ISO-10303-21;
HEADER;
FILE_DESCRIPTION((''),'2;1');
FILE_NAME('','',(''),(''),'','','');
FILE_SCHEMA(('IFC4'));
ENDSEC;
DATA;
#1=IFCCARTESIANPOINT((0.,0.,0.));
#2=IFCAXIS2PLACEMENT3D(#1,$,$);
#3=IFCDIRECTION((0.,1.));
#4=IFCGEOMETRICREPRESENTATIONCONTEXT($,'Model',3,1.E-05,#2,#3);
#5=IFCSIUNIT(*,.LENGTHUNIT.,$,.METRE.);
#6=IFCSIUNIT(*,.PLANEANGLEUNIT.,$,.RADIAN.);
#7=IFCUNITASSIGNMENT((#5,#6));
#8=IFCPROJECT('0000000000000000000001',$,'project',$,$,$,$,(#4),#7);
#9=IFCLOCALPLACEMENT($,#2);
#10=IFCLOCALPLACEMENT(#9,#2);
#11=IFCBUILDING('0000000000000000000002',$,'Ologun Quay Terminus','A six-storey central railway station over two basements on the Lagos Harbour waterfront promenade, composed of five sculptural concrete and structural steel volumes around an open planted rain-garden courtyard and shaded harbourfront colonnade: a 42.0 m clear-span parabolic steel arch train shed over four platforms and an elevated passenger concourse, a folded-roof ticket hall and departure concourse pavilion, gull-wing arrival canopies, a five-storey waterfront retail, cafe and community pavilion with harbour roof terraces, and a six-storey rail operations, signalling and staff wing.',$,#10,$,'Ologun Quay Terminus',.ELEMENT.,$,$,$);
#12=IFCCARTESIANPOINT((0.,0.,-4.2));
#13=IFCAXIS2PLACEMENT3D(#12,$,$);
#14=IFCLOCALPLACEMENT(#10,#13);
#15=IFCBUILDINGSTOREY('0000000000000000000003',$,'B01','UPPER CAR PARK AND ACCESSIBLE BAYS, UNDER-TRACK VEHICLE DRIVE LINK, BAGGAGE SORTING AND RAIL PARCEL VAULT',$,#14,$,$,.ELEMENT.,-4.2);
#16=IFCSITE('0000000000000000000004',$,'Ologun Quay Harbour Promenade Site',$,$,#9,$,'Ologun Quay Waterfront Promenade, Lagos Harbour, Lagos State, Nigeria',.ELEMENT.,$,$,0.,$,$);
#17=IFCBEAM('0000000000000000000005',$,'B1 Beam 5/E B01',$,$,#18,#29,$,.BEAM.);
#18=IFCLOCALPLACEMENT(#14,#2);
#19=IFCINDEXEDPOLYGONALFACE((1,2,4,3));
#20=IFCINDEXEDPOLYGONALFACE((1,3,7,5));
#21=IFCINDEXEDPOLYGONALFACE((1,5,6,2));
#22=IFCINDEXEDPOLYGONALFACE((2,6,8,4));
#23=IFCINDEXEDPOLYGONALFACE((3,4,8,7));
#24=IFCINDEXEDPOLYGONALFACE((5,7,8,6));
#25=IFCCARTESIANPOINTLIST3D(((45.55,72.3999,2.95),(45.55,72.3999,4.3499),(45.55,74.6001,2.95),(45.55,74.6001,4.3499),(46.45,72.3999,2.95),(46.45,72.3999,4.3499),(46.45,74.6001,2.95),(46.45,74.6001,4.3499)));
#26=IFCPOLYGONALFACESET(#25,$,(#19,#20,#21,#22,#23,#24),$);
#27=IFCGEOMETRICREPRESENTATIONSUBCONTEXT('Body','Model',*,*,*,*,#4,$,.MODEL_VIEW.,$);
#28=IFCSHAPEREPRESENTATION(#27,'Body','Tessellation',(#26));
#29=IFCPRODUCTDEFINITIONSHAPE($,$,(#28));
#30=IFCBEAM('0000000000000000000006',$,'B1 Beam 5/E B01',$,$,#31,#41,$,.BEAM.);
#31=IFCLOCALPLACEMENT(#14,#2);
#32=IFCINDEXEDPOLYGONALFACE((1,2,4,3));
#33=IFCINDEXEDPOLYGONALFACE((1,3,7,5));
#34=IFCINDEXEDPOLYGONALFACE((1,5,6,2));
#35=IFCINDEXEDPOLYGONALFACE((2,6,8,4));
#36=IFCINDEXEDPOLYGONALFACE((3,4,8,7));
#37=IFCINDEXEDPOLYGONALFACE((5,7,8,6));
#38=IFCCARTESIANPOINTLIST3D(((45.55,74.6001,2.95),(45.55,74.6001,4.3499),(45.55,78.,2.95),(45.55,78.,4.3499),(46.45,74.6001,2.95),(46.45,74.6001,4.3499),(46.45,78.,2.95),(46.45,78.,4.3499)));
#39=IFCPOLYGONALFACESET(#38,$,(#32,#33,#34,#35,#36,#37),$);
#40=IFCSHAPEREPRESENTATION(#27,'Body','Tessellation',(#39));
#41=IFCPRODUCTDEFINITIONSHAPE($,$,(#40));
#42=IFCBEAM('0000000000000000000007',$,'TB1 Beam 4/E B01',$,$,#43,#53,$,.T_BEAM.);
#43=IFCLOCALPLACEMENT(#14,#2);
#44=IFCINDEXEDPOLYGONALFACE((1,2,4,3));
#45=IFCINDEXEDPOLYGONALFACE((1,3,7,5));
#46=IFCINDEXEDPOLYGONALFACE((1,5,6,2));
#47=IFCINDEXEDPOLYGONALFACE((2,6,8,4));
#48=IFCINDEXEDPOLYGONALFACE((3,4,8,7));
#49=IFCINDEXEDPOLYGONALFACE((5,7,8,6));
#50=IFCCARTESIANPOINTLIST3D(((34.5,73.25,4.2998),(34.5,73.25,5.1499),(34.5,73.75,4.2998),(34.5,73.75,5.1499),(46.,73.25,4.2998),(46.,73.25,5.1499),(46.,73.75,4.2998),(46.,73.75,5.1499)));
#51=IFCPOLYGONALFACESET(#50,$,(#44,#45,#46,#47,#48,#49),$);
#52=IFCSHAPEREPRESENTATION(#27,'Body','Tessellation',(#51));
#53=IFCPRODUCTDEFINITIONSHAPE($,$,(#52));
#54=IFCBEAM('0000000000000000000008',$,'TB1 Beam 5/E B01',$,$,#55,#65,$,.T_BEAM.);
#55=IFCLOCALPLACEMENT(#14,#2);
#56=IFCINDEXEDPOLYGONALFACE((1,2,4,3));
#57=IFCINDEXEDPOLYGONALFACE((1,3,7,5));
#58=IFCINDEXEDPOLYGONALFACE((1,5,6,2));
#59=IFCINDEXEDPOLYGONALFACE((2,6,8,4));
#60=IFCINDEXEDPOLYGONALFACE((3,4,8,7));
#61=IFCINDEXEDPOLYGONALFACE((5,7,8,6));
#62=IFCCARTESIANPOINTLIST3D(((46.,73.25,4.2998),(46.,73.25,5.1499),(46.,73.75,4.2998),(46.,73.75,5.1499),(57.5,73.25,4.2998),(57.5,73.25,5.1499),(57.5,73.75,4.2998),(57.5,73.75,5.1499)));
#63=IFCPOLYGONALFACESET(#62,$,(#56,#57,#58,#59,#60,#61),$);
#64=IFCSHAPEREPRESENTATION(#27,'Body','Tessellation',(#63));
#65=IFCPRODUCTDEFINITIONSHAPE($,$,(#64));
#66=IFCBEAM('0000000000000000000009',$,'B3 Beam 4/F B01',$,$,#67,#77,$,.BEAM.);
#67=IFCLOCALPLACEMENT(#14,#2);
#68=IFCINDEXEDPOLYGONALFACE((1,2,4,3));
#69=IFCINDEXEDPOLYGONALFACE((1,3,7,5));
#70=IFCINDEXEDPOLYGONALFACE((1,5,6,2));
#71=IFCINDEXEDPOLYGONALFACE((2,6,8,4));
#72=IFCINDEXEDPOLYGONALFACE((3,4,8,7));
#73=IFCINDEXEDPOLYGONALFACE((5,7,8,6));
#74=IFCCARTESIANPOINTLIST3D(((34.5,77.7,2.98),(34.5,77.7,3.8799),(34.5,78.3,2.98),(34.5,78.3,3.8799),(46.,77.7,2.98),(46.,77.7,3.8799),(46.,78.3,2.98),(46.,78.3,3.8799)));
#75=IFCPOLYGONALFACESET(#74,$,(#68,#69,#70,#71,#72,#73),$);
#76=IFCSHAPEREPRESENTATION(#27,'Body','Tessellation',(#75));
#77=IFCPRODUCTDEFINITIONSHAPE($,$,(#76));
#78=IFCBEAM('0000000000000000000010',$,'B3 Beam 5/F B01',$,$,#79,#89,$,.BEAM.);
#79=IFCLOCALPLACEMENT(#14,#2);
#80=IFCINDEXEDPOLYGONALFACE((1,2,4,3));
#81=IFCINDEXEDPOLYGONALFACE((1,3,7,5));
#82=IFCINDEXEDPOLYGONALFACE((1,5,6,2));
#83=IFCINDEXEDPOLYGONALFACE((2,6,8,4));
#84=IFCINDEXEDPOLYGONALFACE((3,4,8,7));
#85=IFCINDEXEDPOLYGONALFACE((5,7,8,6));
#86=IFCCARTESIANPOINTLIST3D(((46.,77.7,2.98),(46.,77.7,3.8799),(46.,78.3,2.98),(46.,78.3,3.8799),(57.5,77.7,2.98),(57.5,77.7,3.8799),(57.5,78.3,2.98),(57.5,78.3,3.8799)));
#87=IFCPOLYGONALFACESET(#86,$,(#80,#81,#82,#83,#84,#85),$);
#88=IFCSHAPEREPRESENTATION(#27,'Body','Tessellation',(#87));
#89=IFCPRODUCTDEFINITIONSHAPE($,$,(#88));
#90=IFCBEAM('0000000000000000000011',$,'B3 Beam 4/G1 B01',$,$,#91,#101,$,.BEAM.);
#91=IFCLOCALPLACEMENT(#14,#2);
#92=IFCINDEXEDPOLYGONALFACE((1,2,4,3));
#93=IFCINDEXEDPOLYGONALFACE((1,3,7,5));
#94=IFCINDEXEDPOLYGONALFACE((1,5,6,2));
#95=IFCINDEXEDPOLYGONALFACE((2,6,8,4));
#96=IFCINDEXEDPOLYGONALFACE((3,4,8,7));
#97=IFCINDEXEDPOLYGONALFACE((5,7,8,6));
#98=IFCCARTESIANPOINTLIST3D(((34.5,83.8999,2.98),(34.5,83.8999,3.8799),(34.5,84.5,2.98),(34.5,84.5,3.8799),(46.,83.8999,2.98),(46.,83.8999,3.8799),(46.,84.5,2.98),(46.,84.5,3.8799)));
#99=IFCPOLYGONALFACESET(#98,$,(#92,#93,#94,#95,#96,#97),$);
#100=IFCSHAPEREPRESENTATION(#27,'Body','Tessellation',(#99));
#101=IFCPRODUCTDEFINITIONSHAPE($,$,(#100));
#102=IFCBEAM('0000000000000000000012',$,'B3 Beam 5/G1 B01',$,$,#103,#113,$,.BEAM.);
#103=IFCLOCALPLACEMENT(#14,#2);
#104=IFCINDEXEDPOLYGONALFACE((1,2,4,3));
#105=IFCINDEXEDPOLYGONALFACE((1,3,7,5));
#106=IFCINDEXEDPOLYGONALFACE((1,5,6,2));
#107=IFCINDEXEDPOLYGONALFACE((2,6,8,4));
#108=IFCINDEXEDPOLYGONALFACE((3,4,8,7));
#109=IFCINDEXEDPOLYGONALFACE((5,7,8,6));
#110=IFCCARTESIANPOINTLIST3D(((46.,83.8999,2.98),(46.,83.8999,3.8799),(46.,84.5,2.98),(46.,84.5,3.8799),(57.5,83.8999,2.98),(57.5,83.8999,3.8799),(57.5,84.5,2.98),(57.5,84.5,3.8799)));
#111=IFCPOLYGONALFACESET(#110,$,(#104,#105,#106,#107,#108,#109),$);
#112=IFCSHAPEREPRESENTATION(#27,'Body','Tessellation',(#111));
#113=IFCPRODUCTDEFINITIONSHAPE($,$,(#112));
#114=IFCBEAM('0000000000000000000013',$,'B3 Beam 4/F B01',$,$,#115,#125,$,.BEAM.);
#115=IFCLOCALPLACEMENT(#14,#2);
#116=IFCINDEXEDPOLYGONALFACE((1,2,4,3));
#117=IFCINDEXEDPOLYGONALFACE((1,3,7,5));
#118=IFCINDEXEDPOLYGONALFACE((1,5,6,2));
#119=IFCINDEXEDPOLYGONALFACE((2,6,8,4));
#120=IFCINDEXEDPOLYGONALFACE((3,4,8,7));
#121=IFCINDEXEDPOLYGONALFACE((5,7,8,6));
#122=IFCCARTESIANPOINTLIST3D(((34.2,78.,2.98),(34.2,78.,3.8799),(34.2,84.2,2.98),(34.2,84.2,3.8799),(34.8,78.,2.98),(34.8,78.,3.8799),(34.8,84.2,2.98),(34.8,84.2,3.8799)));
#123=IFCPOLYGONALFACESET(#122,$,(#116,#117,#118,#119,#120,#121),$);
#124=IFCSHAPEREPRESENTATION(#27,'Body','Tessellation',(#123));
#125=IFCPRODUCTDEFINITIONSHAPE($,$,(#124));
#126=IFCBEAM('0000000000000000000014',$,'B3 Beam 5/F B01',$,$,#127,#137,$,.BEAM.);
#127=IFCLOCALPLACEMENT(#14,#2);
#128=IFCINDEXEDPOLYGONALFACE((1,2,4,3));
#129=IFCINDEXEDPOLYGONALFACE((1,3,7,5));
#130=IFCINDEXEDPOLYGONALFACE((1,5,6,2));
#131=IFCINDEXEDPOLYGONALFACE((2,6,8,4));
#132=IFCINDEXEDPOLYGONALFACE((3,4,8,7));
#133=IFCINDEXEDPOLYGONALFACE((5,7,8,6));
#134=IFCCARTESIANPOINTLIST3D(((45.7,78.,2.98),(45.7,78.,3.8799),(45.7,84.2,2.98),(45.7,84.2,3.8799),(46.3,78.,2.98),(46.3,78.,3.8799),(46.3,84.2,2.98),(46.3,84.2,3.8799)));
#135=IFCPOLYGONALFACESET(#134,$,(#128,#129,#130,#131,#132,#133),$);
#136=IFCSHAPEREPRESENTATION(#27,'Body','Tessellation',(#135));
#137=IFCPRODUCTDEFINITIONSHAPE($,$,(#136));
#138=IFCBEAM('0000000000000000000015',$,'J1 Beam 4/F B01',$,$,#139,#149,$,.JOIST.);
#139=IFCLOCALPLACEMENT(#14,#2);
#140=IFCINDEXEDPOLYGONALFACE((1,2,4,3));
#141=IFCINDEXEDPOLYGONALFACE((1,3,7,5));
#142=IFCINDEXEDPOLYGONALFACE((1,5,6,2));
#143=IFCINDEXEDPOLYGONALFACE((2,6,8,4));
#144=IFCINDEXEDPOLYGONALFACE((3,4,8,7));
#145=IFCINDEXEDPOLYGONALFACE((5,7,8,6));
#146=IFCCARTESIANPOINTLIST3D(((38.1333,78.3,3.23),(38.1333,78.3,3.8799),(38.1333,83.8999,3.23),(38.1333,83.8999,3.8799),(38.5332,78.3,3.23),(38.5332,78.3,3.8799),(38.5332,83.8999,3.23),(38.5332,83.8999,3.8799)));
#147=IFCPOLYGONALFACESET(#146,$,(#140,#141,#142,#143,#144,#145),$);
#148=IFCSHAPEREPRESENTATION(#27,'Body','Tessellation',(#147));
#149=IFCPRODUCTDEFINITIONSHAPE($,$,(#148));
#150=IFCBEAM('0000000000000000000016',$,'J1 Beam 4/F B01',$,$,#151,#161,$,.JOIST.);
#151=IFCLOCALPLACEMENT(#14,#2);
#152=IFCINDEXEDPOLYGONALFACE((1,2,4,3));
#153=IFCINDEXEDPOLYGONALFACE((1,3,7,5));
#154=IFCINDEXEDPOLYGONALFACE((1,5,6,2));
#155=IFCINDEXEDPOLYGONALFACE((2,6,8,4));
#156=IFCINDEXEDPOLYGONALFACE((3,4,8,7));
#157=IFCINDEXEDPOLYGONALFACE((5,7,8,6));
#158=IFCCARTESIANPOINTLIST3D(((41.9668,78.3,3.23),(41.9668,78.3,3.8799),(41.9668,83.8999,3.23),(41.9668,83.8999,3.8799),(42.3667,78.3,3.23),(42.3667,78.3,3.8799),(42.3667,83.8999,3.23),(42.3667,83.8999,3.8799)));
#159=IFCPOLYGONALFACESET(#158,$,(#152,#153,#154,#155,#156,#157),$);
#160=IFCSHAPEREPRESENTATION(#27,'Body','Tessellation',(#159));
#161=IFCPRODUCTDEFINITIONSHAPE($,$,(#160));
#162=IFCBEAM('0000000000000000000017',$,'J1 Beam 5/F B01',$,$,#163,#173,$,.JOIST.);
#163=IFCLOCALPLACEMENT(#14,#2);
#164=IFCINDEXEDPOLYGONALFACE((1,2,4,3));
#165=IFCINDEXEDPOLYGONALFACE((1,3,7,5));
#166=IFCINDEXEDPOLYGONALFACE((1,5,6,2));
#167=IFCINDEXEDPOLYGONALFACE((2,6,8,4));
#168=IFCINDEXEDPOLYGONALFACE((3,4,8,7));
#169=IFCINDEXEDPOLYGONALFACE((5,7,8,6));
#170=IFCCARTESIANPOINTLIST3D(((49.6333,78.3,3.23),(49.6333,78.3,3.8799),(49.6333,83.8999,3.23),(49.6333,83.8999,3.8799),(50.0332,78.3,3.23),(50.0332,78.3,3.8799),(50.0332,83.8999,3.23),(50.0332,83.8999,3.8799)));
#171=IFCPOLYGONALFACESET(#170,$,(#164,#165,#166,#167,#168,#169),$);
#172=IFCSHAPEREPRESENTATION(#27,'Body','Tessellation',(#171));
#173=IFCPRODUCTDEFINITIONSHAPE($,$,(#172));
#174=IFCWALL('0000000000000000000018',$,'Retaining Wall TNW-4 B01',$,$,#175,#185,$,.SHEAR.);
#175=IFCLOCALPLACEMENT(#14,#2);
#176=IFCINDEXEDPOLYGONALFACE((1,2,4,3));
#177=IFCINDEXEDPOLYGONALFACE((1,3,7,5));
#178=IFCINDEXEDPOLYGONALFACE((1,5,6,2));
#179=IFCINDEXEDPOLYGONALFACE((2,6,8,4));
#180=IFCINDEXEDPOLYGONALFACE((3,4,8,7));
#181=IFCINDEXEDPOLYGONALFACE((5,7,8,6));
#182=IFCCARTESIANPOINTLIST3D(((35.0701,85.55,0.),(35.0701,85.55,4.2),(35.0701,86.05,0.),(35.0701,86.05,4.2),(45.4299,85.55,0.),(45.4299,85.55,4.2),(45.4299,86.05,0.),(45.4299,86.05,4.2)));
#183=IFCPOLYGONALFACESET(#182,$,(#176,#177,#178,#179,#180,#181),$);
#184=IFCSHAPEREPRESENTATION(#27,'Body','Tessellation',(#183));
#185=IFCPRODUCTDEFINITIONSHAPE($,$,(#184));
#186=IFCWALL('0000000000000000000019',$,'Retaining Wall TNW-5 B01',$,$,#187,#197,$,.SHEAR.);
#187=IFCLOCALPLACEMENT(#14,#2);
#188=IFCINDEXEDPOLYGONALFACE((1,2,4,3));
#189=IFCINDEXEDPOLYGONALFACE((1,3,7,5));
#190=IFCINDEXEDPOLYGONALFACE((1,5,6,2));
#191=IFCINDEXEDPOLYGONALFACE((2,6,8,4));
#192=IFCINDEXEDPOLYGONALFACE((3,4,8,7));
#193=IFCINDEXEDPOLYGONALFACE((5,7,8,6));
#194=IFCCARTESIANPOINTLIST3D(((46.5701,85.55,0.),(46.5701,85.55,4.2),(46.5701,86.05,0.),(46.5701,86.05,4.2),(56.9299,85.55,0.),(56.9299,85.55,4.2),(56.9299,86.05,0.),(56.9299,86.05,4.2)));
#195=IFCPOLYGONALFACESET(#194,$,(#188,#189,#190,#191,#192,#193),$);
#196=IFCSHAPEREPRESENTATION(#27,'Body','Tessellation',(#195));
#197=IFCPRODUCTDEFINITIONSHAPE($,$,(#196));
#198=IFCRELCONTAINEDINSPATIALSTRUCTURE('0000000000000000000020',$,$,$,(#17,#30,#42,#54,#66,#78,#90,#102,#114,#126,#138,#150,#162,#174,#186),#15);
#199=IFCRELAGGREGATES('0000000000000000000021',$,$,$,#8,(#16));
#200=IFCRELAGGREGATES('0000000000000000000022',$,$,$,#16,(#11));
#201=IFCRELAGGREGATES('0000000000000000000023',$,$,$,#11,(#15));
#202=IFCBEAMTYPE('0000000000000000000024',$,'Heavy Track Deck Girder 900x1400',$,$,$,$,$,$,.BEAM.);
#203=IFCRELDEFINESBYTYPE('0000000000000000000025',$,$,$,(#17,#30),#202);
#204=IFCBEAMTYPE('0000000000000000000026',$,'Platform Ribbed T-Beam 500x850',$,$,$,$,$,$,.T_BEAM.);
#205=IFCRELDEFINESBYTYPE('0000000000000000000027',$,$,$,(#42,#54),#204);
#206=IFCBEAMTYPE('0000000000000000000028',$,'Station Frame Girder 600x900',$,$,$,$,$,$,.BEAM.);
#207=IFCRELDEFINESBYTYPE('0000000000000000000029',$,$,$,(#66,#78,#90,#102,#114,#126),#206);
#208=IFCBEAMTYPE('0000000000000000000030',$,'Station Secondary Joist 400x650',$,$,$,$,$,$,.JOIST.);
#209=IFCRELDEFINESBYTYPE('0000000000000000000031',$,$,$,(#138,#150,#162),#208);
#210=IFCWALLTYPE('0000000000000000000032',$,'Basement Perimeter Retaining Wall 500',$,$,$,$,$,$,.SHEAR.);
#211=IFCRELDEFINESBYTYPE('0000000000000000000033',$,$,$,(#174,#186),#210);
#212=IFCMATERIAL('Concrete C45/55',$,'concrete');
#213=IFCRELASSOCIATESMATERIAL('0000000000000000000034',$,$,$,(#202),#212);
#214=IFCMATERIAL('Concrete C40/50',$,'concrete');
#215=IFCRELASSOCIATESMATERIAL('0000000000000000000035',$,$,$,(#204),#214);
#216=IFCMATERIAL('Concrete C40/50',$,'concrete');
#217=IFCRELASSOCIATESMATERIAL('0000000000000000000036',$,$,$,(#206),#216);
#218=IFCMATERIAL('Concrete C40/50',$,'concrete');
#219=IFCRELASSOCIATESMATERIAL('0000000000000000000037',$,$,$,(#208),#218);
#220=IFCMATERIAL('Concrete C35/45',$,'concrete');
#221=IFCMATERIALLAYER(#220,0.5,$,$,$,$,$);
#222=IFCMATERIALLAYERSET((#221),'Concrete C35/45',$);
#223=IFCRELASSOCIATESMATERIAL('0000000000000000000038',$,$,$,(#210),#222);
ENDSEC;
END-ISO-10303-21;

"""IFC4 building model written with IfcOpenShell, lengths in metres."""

from ifc_helpers import new_model, si_unit, direction, frame, frame_2d, origin, origin_2d, place, context, subcontext, project, spatial, rectangle, extrude, material, layer, layer_set, material_profile, profile_set, type_object, element, save


model = new_model("IFC4")

# Units and contexts
model_context = context("Model", 3, precision=1e-05, world=origin(), true_north=direction((0.0, 1.0)))
body_context = subcontext(model_context, "Body", "Model", "MODEL_VIEW")
ifc_project = project(units=[si_unit("LENGTHUNIT", "METRE"), si_unit("PLANEANGLEUNIT", "RADIAN")], contexts=[model_context])

# Site, building, storey
site_placement = place(None, origin())
site = spatial("IfcSite", under=ifc_project, at=site_placement, Name="Ologun Quay Harbour Promenade Site", LongName="Ologun Quay Waterfront Promenade, Lagos Harbour, Lagos State, Nigeria", CompositionType="ELEMENT", RefElevation=0.0)
building_placement = place(site_placement, origin())
building = spatial("IfcBuilding", under=site, at=building_placement, Name="Ologun Quay Terminus", Description="A six-storey central railway station over two basements on the Lagos Harbour waterfront promenade, composed of five sculptural concrete and structural steel volumes around an open planted rain-garden courtyard and shaded harbourfront colonnade: a 42.0 m clear-span parabolic steel arch train shed over four platforms and an elevated passenger concourse, a folded-roof ticket hall and departure concourse pavilion, gull-wing arrival canopies, a five-storey waterfront retail, cafe and community pavilion with harbour roof terraces, and a six-storey rail operations, signalling and staff wing.", LongName="Ologun Quay Terminus", CompositionType="ELEMENT")
storey_placement = place(building_placement, frame((0.0, 0.0, -4.2)))
storey = spatial("IfcBuildingStorey", under=building, at=storey_placement, Name="B01", Description="UPPER CAR PARK AND ACCESSIBLE BAYS, UNDER-TRACK VEHICLE DRIVE LINK, BAGGAGE SORTING AND RAIL PARCEL VAULT", CompositionType="ELEMENT", Elevation=-4.2)

# Beams
ifc_material_1 = material(Name="Concrete C45/55", Category="concrete")
ifc_material_profile_1 = material_profile(ifc_material_1, rectangle(XDim=0.8999, YDim=1.3999, at=origin_2d()), Name="RC 900x1400")
ifc_profile_set_1 = profile_set([ifc_material_profile_1], Name="Concrete C45/55")
beam_type_1 = type_object("IfcBeamType", Name="Heavy Track Deck Girder 900x1400", PredefinedType="BEAM", material=ifc_profile_set_1)
beam_1_placement = place(storey_placement, frame((46.0, 72.3999, 3.6499), z_axis=(0.0, 1.0, 0.0), x_axis=(-1.0, 0.0, 0.0)))
element("IfcBeam", 1, at=beam_1_placement, inside=storey, type_object=beam_type_1, Name="B1 Beam 5/E B01", PredefinedType="BEAM", context=body_context, shape_type="SweptSolid", body=[
    extrude(rectangle(XDim=0.8999, YDim=1.3999, at=origin_2d()), origin(), (0.0, 0.0, 1.0), 2.2002),
])
beam_2_placement = place(storey_placement, frame((46.0, 74.6001, 3.6499), z_axis=(0.0, 1.0, 0.0), x_axis=(-1.0, 0.0, 0.0)))
element("IfcBeam", 2, at=beam_2_placement, inside=storey, type_object=beam_type_1, Name="B1 Beam 5/E B01", PredefinedType="BEAM", context=body_context, shape_type="SweptSolid", body=[
    extrude(rectangle(XDim=0.8999, YDim=1.3999, at=origin_2d()), origin(), (0.0, 0.0, 1.0), 3.3999),
])
ifc_material_2 = material(Name="Concrete C40/50", Category="concrete")
ifc_material_profile_2 = material_profile(ifc_material_2, rectangle(XDim=0.5, YDim=0.8501, at=origin_2d()), Name="RC 500x850")
ifc_profile_set_2 = profile_set([ifc_material_profile_2], Name="Concrete C40/50")
beam_type_2 = type_object("IfcBeamType", Name="Platform Ribbed T-Beam 500x850", PredefinedType="T_BEAM", material=ifc_profile_set_2)
for number, where, z_axis, x_axis, name in (
    (3, (34.5, 73.5, 4.7249), (1.0, 0.0, 0.0), (0.0, 1.0, 0.0), "TB1 Beam 4/E B01"),
    (4, (46.0, 73.5, 4.7249), (1.0, 0.0, 0.0), (0.0, 1.0, 0.0), "TB1 Beam 5/E B01"),
):
    element("IfcBeam", number, at=place(storey_placement, frame(where, z_axis=z_axis, x_axis=x_axis)), inside=storey, type_object=beam_type_2, Name=name, PredefinedType="T_BEAM", context=body_context, shape_type="SweptSolid", body=[
        extrude(rectangle(XDim=0.5, YDim=0.8501, at=origin_2d()), origin(), (0.0, 0.0, 1.0), 11.5),
    ])
ifc_material_3 = material(Name="Concrete C40/50", Category="concrete")
ifc_material_profile_3 = material_profile(ifc_material_3, rectangle(XDim=0.6001, YDim=0.8999, at=origin_2d()), Name="RC 600x900")
ifc_profile_set_3 = profile_set([ifc_material_profile_3], Name="Concrete C40/50")
beam_type_3 = type_object("IfcBeamType", Name="Station Frame Girder 600x900", PredefinedType="BEAM", material=ifc_profile_set_3)
for number, where, z_axis, x_axis, name in (
    (5, (34.5, 78.0, 3.4299), (1.0, 0.0, 0.0), (0.0, 1.0, 0.0), "B3 Beam 4/F B01"),
    (6, (46.0, 78.0, 3.4299), (1.0, 0.0, 0.0), (0.0, 1.0, 0.0), "B3 Beam 5/F B01"),
    (7, (34.5, 84.2, 3.4299), (1.0, 0.0, 0.0), (0.0, 1.0, 0.0), "B3 Beam 4/G1 B01"),
    (8, (46.0, 84.2, 3.4299), (1.0, 0.0, 0.0), (0.0, 1.0, 0.0), "B3 Beam 5/G1 B01"),
):
    element("IfcBeam", number, at=place(storey_placement, frame(where, z_axis=z_axis, x_axis=x_axis)), inside=storey, type_object=beam_type_3, Name=name, PredefinedType="BEAM", context=body_context, shape_type="SweptSolid", body=[
        extrude(rectangle(XDim=0.6001, YDim=0.8999, at=origin_2d()), origin(), (0.0, 0.0, 1.0), 11.5),
    ])
for number, where, z_axis, x_axis, name in (
    (9, (34.5, 78.0, 3.4299), (0.0, 1.0, 0.0), (-1.0, 0.0, 0.0), "B3 Beam 4/F B01"),
    (10, (46.0, 78.0, 3.4299), (0.0, 1.0, 0.0), (-1.0, 0.0, 0.0), "B3 Beam 5/F B01"),
):
    element("IfcBeam", number, at=place(storey_placement, frame(where, z_axis=z_axis, x_axis=x_axis)), inside=storey, type_object=beam_type_3, Name=name, PredefinedType="BEAM", context=body_context, shape_type="SweptSolid", body=[
        extrude(rectangle(XDim=0.6001, YDim=0.8999, at=origin_2d()), origin(), (0.0, 0.0, 1.0), 6.2),
    ])
ifc_material_4 = material(Name="Concrete C40/50", Category="concrete")
ifc_material_profile_4 = material_profile(ifc_material_4, rectangle(XDim=0.3999, YDim=0.6499, at=origin_2d()), Name="RC 400x650")
ifc_profile_set_4 = profile_set([ifc_material_profile_4], Name="Concrete C40/50")
beam_type_4 = type_object("IfcBeamType", Name="Station Secondary Joist 400x650", PredefinedType="JOIST", material=ifc_profile_set_4)
for number, where, z_axis, x_axis, name in (
    (11, (38.3333, 78.3, 3.5549), (0.0, 1.0, 0.0), (-1.0, 0.0, 0.0), "J1 Beam 4/F B01"),
    (12, (42.1667, 78.3, 3.5549), (0.0, 1.0, 0.0), (-1.0, 0.0, 0.0), "J1 Beam 4/F B01"),
    (13, (49.8333, 78.3, 3.5549), (0.0, 1.0, 0.0), (-1.0, 0.0, 0.0), "J1 Beam 5/F B01"),
):
    element("IfcBeam", number, at=place(storey_placement, frame(where, z_axis=z_axis, x_axis=x_axis)), inside=storey, type_object=beam_type_4, Name=name, PredefinedType="JOIST", context=body_context, shape_type="SweptSolid", body=[
        extrude(rectangle(XDim=0.3999, YDim=0.6499, at=origin_2d()), origin(), (0.0, 0.0, 1.0), 5.5999),
    ])

# Walls
ifc_material_5 = material(Name="Concrete C35/45", Category="concrete")
ifc_layer = layer(ifc_material_5, 0.5)
ifc_layer_set = layer_set([ifc_layer], Name="Concrete C35/45")
wall_type = type_object("IfcWallType", Name="Basement Perimeter Retaining Wall 500", PredefinedType="SHEAR", material=ifc_layer_set)
for number, where, z_axis, x_axis, name in (
    (14, (35.0701, 85.8, 0.0), (0.0, 0.0, 1.0), (1.0, 0.0, 0.0), "Retaining Wall TNW-4 B01"),
    (15, (46.5701, 85.8, 0.0), (0.0, 0.0, 1.0), (1.0, 0.0, 0.0), "Retaining Wall TNW-5 B01"),
):
    element("IfcWall", number, at=place(storey_placement, frame(where, z_axis=z_axis, x_axis=x_axis)), inside=storey, type_object=wall_type, Name=name, PredefinedType="SHEAR", context=body_context, shape_type="SweptSolid", body=[
        extrude(rectangle(XDim=10.3599, YDim=0.5, at=frame_2d((5.1799, 0.0))), origin(), (0.0, 0.0, 1.0), 4.2),
    ])

save(model, "model.ifc")
